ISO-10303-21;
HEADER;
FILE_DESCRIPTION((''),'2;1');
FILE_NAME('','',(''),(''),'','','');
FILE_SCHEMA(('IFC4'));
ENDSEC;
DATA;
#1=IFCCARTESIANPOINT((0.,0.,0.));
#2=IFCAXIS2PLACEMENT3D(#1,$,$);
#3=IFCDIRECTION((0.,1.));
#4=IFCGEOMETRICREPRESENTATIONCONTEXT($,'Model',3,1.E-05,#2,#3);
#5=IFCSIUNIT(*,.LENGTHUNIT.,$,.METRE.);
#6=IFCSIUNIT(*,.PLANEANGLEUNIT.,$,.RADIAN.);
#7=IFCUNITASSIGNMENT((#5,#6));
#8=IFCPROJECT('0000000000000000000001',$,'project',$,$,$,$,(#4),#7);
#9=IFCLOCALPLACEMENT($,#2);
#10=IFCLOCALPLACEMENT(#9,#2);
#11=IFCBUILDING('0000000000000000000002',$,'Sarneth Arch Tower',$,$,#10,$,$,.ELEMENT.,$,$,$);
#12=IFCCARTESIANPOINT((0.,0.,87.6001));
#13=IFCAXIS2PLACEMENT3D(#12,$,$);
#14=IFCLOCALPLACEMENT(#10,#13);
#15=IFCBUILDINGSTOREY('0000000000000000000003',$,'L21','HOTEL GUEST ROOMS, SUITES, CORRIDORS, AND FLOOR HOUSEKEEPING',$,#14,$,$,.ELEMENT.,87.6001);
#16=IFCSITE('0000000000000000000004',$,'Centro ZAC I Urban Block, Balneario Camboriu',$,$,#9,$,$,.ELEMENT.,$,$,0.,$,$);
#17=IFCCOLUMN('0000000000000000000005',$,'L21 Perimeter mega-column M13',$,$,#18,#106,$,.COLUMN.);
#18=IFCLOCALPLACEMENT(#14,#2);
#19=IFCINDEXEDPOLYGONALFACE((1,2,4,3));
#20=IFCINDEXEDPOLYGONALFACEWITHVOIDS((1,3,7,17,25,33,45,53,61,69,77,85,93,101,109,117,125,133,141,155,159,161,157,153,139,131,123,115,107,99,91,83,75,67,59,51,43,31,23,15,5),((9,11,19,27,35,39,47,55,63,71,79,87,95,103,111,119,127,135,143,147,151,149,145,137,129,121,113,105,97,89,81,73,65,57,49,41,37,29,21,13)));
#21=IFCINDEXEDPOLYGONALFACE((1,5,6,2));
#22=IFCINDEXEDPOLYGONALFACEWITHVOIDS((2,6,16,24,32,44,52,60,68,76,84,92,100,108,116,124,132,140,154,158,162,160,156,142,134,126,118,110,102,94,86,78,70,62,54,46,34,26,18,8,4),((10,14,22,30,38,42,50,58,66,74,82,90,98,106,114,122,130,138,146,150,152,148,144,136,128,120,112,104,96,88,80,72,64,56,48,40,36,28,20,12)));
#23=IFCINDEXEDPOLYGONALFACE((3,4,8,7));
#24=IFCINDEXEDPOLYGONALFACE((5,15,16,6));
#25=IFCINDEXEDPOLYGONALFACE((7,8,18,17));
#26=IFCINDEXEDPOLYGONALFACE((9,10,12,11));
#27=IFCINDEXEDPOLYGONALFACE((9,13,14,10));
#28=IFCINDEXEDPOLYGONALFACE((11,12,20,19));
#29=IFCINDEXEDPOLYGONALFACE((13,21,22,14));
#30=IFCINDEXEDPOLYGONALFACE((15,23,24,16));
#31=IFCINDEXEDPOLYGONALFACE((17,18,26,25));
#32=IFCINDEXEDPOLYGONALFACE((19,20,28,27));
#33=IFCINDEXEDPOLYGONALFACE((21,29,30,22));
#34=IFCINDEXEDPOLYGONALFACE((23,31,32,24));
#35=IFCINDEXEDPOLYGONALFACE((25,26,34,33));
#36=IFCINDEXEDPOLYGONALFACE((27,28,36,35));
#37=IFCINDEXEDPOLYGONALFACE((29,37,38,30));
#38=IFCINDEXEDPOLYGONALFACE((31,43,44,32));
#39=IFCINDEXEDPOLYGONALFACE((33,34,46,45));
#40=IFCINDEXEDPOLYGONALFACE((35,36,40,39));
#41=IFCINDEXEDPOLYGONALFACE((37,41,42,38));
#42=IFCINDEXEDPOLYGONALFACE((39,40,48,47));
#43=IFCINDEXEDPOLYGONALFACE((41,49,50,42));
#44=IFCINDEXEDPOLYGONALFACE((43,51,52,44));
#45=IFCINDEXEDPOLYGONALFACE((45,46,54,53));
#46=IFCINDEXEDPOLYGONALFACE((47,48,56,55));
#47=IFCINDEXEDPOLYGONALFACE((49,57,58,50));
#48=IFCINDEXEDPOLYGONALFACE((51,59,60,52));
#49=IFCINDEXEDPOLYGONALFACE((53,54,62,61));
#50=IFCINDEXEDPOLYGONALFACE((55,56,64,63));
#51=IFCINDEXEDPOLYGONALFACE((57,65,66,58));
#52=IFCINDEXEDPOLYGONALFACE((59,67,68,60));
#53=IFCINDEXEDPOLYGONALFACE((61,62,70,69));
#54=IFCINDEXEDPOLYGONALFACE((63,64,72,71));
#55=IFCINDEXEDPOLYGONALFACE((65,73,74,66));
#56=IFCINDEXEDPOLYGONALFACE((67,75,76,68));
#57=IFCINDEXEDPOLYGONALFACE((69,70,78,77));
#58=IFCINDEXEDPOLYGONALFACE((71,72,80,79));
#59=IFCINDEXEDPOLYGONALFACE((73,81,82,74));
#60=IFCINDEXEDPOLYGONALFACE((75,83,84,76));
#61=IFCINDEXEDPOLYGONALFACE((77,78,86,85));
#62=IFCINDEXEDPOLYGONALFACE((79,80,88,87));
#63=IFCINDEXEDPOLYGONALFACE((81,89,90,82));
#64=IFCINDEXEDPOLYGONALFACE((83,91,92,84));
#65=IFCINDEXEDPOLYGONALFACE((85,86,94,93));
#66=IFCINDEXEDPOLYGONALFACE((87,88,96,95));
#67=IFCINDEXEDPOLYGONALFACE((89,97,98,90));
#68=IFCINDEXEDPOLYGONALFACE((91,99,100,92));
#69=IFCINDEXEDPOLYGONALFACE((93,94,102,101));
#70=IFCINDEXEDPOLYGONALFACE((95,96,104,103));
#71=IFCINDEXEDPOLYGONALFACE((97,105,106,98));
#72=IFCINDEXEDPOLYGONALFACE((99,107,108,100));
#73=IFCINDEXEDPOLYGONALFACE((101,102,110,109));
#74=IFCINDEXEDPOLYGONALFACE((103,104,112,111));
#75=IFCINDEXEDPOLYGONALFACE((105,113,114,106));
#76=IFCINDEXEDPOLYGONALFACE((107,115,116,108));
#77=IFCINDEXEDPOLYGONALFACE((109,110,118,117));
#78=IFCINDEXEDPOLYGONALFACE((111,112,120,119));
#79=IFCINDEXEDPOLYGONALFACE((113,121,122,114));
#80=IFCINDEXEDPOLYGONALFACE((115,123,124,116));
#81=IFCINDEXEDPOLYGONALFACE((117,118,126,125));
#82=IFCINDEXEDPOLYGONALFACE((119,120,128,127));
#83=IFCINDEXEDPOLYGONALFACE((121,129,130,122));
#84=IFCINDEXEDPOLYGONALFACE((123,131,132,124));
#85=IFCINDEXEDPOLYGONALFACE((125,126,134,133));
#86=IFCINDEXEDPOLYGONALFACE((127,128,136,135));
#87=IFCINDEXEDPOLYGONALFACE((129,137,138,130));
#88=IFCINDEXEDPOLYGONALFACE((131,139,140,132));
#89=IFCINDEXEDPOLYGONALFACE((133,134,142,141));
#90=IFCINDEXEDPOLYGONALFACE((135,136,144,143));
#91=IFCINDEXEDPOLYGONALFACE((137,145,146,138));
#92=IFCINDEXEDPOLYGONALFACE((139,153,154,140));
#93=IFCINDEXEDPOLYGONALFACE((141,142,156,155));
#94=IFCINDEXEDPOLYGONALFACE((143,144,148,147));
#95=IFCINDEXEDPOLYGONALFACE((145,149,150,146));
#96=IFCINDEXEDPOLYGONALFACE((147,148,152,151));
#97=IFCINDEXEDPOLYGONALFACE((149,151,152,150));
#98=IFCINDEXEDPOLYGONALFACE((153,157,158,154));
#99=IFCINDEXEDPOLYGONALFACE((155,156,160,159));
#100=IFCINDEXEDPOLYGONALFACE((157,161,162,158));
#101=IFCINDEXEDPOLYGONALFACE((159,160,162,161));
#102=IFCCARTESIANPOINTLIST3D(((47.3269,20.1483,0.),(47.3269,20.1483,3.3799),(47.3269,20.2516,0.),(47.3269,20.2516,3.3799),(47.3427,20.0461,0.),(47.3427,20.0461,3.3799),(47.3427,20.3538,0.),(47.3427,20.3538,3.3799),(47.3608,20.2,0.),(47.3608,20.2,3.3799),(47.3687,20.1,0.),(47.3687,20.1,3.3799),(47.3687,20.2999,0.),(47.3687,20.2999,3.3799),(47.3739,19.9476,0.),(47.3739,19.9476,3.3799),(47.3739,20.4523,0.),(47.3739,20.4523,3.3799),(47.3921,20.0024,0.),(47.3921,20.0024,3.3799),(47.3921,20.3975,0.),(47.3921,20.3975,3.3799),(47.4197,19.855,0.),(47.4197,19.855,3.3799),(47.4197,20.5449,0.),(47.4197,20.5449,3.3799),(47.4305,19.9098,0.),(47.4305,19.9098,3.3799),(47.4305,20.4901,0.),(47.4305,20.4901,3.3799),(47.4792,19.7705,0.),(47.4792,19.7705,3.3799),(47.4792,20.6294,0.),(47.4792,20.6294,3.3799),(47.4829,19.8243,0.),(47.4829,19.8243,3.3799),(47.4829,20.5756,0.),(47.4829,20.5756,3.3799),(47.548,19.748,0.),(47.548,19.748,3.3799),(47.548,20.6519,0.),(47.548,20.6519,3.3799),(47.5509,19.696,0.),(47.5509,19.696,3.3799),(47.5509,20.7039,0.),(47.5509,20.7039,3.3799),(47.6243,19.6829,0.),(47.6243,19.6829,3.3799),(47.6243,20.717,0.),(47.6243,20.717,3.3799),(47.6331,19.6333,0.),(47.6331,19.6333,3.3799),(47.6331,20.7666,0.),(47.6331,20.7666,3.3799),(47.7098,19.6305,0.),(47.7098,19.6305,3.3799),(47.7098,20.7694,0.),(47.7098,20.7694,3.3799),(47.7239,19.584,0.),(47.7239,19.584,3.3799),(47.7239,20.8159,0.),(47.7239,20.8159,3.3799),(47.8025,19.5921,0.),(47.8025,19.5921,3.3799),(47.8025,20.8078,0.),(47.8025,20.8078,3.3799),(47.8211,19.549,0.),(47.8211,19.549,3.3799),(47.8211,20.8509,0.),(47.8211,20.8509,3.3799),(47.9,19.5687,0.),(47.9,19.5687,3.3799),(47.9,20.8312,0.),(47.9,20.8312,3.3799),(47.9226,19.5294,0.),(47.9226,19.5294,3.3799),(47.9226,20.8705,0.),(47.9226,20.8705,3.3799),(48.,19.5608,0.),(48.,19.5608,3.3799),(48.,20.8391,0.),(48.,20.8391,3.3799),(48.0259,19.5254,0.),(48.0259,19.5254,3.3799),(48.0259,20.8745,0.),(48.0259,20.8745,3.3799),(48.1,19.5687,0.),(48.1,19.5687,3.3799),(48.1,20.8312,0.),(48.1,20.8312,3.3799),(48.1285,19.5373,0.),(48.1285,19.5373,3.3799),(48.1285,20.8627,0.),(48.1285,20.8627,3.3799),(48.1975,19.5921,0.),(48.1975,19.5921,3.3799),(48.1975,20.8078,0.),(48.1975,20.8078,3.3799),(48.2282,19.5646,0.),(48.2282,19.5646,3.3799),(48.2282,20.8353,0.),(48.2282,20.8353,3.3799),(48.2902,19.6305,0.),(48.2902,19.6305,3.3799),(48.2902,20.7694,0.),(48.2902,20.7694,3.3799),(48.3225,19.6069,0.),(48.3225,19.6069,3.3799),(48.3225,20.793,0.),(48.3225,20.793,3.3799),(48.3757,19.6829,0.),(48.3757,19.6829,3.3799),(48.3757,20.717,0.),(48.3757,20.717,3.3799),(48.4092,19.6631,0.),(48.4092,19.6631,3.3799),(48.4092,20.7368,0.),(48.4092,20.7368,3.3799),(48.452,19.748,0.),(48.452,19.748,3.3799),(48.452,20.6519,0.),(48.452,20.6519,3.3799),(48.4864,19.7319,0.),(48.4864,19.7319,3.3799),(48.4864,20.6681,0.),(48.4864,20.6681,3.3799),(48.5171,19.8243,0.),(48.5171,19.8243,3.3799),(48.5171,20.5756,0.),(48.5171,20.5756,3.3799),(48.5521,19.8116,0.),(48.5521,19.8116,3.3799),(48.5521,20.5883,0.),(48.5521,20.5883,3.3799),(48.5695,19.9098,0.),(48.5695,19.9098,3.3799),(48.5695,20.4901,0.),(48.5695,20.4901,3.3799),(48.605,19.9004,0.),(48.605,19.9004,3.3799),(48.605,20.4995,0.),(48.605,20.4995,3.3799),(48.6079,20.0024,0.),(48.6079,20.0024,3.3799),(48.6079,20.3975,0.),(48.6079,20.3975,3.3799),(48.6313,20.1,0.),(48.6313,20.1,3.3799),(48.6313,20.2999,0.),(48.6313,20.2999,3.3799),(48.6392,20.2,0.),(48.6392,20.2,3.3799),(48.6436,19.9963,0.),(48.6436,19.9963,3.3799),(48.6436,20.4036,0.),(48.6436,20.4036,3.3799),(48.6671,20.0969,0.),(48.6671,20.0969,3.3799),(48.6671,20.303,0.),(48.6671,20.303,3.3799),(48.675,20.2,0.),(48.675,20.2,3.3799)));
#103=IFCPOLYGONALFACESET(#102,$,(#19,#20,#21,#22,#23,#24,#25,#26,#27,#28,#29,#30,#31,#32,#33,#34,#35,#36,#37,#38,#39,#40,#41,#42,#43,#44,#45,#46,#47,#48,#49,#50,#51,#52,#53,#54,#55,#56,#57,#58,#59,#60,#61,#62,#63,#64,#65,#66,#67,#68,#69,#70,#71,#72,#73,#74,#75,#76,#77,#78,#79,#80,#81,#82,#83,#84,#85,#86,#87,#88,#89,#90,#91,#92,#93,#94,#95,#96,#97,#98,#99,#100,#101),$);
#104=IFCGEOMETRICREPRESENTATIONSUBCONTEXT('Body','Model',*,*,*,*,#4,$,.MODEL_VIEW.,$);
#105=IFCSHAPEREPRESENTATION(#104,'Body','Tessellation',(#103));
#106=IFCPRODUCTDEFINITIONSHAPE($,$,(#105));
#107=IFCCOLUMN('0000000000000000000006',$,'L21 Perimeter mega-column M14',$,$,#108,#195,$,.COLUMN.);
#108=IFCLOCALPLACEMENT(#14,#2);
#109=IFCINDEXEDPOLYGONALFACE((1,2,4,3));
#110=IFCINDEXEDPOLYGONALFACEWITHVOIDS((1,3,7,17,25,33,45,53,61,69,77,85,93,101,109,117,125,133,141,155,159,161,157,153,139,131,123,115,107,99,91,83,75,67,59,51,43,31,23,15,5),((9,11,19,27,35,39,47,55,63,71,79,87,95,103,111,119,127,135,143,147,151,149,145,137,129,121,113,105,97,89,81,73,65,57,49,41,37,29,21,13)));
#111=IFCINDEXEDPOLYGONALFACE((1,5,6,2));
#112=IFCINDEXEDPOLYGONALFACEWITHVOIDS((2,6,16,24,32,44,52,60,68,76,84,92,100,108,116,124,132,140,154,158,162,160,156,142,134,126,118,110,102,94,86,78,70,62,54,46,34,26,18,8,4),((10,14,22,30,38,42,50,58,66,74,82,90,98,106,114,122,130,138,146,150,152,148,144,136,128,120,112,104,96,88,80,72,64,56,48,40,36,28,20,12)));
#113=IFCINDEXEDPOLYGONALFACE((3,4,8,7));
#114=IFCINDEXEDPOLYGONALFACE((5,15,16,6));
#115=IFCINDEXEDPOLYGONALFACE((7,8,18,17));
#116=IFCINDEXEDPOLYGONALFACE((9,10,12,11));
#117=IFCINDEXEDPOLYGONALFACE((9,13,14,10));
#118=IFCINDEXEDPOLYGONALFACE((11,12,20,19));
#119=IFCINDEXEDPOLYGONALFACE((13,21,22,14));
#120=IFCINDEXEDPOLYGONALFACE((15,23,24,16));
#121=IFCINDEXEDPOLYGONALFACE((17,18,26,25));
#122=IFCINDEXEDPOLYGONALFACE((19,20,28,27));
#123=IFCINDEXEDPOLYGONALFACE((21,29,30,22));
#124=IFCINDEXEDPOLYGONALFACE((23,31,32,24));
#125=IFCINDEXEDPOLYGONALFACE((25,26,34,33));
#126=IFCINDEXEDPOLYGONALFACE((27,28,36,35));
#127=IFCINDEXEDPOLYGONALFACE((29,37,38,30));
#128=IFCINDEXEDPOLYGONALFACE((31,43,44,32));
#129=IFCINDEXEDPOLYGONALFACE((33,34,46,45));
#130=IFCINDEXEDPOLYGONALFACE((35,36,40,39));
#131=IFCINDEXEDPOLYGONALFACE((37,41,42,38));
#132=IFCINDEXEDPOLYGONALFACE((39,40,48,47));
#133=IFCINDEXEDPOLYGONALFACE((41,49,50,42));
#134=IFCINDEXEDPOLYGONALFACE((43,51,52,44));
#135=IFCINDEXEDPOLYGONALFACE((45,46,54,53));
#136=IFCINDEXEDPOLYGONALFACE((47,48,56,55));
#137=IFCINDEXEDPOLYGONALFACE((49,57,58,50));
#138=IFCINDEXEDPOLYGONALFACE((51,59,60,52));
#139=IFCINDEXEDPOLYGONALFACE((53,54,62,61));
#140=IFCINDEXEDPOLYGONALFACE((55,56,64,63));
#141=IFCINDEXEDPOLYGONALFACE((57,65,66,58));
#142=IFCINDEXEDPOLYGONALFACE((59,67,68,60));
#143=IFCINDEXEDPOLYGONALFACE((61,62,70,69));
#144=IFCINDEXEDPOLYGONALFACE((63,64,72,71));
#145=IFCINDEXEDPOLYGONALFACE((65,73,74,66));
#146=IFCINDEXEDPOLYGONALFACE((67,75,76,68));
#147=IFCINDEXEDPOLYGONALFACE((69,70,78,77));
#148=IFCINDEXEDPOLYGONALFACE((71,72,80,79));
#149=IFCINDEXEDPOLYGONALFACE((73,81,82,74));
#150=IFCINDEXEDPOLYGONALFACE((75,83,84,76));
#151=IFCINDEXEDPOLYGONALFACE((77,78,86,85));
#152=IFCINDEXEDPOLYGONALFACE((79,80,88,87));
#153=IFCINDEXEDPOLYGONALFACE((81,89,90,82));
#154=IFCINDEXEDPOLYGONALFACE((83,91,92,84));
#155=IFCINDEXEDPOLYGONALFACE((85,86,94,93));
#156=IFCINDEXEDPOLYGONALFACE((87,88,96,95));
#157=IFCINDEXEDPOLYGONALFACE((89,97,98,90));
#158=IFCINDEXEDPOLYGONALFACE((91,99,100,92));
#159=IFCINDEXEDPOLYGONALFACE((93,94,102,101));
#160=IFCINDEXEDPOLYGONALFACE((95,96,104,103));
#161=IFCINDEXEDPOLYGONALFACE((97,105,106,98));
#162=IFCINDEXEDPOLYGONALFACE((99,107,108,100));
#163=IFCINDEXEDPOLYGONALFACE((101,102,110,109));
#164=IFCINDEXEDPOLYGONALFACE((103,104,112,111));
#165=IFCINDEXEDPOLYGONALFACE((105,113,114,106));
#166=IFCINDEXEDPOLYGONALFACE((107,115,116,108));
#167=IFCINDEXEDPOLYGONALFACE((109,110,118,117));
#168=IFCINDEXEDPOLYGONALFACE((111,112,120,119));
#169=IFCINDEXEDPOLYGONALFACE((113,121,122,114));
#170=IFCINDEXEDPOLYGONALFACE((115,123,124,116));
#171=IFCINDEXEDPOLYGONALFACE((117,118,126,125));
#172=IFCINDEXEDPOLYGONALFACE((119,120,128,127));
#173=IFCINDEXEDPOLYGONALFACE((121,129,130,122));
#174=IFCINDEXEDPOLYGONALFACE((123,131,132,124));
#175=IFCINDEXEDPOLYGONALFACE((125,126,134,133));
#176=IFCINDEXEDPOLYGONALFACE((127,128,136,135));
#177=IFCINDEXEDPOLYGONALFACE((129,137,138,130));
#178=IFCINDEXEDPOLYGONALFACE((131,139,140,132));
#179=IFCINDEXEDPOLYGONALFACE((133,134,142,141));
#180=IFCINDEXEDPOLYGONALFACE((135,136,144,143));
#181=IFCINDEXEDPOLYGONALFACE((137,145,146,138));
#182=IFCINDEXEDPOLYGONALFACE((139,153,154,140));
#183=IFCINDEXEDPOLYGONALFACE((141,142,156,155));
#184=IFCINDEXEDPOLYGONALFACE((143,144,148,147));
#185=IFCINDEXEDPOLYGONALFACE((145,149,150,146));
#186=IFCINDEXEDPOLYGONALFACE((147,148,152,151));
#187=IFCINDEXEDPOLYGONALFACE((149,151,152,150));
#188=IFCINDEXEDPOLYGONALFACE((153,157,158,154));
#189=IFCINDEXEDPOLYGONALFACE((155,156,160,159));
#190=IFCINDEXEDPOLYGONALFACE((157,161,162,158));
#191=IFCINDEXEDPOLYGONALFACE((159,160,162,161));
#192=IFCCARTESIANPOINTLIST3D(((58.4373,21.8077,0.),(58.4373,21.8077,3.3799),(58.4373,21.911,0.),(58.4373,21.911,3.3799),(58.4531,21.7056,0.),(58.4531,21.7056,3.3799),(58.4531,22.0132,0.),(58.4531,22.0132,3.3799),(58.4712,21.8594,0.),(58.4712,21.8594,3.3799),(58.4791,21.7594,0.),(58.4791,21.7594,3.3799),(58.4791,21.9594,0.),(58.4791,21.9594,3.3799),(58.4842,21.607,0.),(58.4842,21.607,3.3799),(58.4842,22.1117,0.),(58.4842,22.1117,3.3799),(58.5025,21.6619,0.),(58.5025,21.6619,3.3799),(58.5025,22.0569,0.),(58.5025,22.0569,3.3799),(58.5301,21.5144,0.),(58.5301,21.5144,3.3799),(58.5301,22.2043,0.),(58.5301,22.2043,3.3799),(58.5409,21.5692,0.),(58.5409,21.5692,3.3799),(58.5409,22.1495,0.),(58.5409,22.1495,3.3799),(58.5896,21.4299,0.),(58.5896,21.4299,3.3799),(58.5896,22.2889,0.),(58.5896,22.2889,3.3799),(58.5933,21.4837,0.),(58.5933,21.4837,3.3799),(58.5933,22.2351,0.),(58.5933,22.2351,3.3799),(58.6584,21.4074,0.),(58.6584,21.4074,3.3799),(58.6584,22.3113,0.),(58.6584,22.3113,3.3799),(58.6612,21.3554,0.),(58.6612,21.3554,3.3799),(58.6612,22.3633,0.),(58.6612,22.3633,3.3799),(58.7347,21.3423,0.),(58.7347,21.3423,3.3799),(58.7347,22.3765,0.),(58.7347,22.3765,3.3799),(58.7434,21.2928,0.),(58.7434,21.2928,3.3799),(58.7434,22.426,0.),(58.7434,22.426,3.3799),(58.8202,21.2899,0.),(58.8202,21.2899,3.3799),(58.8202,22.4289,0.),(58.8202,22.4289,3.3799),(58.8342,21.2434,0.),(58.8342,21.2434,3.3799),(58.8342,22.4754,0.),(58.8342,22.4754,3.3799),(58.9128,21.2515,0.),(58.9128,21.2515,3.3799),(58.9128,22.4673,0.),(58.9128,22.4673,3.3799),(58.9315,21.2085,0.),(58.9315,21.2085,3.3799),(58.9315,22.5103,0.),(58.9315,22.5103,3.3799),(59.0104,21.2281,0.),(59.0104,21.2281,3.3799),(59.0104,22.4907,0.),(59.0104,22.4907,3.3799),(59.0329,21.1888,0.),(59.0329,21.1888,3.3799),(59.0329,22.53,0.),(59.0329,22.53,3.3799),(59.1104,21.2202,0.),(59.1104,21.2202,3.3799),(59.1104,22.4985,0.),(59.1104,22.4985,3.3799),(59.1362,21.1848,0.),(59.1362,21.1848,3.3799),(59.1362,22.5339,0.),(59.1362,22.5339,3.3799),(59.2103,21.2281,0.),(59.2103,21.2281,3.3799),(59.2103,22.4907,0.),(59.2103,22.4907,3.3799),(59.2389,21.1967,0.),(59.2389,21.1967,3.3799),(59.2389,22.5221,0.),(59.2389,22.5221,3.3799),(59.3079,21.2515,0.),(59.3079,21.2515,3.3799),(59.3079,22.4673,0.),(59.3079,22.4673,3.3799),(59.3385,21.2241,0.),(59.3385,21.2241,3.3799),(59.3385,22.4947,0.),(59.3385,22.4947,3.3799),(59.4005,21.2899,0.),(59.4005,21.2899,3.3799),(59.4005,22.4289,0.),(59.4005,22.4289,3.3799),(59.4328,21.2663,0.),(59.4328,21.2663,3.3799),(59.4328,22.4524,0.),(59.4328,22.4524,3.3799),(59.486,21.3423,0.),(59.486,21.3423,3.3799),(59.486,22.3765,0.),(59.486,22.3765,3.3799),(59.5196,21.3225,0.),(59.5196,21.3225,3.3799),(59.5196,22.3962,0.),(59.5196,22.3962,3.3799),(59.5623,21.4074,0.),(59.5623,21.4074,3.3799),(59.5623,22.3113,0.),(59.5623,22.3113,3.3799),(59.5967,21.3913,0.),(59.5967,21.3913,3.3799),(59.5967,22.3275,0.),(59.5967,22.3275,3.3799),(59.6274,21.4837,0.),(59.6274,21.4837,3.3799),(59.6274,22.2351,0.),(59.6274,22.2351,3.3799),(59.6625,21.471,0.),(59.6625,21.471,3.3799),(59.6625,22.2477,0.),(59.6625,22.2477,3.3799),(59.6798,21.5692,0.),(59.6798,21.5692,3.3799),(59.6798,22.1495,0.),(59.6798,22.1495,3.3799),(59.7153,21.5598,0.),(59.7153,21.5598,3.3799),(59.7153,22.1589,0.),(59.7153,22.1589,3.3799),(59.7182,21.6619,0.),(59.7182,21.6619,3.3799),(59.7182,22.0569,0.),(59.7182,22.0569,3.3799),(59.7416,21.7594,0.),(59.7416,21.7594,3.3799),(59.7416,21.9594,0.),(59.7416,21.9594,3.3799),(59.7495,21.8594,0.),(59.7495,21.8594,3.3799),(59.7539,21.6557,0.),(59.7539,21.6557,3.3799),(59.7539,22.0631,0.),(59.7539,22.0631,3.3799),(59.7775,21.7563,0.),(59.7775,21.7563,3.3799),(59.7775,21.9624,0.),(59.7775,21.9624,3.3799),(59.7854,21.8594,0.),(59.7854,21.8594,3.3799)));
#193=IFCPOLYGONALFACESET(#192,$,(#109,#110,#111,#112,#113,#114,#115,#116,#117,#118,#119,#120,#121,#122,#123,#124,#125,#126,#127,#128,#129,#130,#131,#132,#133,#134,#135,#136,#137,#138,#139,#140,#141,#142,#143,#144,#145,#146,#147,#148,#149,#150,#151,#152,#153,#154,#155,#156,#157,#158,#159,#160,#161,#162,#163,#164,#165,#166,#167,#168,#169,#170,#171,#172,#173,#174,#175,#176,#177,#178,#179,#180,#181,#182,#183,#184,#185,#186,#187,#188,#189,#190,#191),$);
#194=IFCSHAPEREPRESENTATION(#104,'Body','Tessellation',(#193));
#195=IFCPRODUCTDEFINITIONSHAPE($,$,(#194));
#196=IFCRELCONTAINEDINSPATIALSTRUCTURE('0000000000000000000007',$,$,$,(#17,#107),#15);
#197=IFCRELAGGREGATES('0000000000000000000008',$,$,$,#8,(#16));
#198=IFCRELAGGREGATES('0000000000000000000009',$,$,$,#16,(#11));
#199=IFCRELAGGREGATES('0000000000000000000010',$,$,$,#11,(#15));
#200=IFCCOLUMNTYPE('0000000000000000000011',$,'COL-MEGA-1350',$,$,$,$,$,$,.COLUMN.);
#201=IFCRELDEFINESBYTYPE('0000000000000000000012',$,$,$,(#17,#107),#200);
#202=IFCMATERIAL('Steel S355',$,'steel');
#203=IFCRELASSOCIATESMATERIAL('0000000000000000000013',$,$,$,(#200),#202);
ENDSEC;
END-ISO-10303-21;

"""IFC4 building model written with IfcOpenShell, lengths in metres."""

from ifc_helpers import new_model, si_unit, direction, frame, origin, origin_2d, place, context, subcontext, project, spatial, hollow_circle, extrude, material, material_profile, profile_set, type_object, element, save


model = new_model("IFC4")

# Units and contexts
model_context = context("Model", 3, precision=1e-05, world=origin(), true_north=direction((0.0, 1.0)))
body_context = subcontext(model_context, "Body", "Model", "MODEL_VIEW")
ifc_project = project(units=[si_unit("LENGTHUNIT", "METRE"), si_unit("PLANEANGLEUNIT", "RADIAN")], contexts=[model_context])

# Site, building, storey
site_placement = place(None, origin())
site = spatial("IfcSite", under=ifc_project, at=site_placement, Name="Centro ZAC I Urban Block, Balneario Camboriu", CompositionType="ELEMENT", RefElevation=0.0)
building_placement = place(site_placement, origin())
building = spatial("IfcBuilding", under=site, at=building_placement, Name="Sarneth Arch Tower", CompositionType="ELEMENT")
storey_placement = place(building_placement, frame((0.0, 0.0, 87.6001)))
storey = spatial("IfcBuildingStorey", under=building, at=storey_placement, Name="L21", Description="HOTEL GUEST ROOMS, SUITES, CORRIDORS, AND FLOOR HOUSEKEEPING", CompositionType="ELEMENT", Elevation=87.6001)

# Columns
ifc_material_1 = material(Name="Steel S355", Category="steel")
ifc_material_profile_1 = material_profile(ifc_material_1, hollow_circle(Radius=0.675, WallThickness=0.0359, at=origin_2d()), Name="CHS1350x36")
ifc_profile_set_1 = profile_set([ifc_material_profile_1], Name="Steel S355")
column_type = type_object("IfcColumnType", Name="COL-MEGA-1350", PredefinedType="COLUMN", material=ifc_profile_set_1)
for number, where, z_axis, x_axis, name in (
    (1, (48.0, 20.2, 0.0), (0.0, 0.0, 1.0), (1.0, 0.0, 0.0), "L21 Perimeter mega-column M13"),
    (2, (59.1104, 21.8594, 0.0), (0.0, 0.0, 1.0), (1.0, 0.0, 0.0), "L21 Perimeter mega-column M14"),
):
    element("IfcColumn", number, at=place(storey_placement, frame(where, z_axis=z_axis, x_axis=x_axis)), inside=storey, type_object=column_type, Name=name, PredefinedType="COLUMN", context=body_context, shape_type="SweptSolid", body=[
        extrude(hollow_circle(Radius=0.675, WallThickness=0.0359, at=origin_2d()), origin(), (0.0, 0.0, 1.0), 3.3799),
    ])

save(model, "model.ifc")
